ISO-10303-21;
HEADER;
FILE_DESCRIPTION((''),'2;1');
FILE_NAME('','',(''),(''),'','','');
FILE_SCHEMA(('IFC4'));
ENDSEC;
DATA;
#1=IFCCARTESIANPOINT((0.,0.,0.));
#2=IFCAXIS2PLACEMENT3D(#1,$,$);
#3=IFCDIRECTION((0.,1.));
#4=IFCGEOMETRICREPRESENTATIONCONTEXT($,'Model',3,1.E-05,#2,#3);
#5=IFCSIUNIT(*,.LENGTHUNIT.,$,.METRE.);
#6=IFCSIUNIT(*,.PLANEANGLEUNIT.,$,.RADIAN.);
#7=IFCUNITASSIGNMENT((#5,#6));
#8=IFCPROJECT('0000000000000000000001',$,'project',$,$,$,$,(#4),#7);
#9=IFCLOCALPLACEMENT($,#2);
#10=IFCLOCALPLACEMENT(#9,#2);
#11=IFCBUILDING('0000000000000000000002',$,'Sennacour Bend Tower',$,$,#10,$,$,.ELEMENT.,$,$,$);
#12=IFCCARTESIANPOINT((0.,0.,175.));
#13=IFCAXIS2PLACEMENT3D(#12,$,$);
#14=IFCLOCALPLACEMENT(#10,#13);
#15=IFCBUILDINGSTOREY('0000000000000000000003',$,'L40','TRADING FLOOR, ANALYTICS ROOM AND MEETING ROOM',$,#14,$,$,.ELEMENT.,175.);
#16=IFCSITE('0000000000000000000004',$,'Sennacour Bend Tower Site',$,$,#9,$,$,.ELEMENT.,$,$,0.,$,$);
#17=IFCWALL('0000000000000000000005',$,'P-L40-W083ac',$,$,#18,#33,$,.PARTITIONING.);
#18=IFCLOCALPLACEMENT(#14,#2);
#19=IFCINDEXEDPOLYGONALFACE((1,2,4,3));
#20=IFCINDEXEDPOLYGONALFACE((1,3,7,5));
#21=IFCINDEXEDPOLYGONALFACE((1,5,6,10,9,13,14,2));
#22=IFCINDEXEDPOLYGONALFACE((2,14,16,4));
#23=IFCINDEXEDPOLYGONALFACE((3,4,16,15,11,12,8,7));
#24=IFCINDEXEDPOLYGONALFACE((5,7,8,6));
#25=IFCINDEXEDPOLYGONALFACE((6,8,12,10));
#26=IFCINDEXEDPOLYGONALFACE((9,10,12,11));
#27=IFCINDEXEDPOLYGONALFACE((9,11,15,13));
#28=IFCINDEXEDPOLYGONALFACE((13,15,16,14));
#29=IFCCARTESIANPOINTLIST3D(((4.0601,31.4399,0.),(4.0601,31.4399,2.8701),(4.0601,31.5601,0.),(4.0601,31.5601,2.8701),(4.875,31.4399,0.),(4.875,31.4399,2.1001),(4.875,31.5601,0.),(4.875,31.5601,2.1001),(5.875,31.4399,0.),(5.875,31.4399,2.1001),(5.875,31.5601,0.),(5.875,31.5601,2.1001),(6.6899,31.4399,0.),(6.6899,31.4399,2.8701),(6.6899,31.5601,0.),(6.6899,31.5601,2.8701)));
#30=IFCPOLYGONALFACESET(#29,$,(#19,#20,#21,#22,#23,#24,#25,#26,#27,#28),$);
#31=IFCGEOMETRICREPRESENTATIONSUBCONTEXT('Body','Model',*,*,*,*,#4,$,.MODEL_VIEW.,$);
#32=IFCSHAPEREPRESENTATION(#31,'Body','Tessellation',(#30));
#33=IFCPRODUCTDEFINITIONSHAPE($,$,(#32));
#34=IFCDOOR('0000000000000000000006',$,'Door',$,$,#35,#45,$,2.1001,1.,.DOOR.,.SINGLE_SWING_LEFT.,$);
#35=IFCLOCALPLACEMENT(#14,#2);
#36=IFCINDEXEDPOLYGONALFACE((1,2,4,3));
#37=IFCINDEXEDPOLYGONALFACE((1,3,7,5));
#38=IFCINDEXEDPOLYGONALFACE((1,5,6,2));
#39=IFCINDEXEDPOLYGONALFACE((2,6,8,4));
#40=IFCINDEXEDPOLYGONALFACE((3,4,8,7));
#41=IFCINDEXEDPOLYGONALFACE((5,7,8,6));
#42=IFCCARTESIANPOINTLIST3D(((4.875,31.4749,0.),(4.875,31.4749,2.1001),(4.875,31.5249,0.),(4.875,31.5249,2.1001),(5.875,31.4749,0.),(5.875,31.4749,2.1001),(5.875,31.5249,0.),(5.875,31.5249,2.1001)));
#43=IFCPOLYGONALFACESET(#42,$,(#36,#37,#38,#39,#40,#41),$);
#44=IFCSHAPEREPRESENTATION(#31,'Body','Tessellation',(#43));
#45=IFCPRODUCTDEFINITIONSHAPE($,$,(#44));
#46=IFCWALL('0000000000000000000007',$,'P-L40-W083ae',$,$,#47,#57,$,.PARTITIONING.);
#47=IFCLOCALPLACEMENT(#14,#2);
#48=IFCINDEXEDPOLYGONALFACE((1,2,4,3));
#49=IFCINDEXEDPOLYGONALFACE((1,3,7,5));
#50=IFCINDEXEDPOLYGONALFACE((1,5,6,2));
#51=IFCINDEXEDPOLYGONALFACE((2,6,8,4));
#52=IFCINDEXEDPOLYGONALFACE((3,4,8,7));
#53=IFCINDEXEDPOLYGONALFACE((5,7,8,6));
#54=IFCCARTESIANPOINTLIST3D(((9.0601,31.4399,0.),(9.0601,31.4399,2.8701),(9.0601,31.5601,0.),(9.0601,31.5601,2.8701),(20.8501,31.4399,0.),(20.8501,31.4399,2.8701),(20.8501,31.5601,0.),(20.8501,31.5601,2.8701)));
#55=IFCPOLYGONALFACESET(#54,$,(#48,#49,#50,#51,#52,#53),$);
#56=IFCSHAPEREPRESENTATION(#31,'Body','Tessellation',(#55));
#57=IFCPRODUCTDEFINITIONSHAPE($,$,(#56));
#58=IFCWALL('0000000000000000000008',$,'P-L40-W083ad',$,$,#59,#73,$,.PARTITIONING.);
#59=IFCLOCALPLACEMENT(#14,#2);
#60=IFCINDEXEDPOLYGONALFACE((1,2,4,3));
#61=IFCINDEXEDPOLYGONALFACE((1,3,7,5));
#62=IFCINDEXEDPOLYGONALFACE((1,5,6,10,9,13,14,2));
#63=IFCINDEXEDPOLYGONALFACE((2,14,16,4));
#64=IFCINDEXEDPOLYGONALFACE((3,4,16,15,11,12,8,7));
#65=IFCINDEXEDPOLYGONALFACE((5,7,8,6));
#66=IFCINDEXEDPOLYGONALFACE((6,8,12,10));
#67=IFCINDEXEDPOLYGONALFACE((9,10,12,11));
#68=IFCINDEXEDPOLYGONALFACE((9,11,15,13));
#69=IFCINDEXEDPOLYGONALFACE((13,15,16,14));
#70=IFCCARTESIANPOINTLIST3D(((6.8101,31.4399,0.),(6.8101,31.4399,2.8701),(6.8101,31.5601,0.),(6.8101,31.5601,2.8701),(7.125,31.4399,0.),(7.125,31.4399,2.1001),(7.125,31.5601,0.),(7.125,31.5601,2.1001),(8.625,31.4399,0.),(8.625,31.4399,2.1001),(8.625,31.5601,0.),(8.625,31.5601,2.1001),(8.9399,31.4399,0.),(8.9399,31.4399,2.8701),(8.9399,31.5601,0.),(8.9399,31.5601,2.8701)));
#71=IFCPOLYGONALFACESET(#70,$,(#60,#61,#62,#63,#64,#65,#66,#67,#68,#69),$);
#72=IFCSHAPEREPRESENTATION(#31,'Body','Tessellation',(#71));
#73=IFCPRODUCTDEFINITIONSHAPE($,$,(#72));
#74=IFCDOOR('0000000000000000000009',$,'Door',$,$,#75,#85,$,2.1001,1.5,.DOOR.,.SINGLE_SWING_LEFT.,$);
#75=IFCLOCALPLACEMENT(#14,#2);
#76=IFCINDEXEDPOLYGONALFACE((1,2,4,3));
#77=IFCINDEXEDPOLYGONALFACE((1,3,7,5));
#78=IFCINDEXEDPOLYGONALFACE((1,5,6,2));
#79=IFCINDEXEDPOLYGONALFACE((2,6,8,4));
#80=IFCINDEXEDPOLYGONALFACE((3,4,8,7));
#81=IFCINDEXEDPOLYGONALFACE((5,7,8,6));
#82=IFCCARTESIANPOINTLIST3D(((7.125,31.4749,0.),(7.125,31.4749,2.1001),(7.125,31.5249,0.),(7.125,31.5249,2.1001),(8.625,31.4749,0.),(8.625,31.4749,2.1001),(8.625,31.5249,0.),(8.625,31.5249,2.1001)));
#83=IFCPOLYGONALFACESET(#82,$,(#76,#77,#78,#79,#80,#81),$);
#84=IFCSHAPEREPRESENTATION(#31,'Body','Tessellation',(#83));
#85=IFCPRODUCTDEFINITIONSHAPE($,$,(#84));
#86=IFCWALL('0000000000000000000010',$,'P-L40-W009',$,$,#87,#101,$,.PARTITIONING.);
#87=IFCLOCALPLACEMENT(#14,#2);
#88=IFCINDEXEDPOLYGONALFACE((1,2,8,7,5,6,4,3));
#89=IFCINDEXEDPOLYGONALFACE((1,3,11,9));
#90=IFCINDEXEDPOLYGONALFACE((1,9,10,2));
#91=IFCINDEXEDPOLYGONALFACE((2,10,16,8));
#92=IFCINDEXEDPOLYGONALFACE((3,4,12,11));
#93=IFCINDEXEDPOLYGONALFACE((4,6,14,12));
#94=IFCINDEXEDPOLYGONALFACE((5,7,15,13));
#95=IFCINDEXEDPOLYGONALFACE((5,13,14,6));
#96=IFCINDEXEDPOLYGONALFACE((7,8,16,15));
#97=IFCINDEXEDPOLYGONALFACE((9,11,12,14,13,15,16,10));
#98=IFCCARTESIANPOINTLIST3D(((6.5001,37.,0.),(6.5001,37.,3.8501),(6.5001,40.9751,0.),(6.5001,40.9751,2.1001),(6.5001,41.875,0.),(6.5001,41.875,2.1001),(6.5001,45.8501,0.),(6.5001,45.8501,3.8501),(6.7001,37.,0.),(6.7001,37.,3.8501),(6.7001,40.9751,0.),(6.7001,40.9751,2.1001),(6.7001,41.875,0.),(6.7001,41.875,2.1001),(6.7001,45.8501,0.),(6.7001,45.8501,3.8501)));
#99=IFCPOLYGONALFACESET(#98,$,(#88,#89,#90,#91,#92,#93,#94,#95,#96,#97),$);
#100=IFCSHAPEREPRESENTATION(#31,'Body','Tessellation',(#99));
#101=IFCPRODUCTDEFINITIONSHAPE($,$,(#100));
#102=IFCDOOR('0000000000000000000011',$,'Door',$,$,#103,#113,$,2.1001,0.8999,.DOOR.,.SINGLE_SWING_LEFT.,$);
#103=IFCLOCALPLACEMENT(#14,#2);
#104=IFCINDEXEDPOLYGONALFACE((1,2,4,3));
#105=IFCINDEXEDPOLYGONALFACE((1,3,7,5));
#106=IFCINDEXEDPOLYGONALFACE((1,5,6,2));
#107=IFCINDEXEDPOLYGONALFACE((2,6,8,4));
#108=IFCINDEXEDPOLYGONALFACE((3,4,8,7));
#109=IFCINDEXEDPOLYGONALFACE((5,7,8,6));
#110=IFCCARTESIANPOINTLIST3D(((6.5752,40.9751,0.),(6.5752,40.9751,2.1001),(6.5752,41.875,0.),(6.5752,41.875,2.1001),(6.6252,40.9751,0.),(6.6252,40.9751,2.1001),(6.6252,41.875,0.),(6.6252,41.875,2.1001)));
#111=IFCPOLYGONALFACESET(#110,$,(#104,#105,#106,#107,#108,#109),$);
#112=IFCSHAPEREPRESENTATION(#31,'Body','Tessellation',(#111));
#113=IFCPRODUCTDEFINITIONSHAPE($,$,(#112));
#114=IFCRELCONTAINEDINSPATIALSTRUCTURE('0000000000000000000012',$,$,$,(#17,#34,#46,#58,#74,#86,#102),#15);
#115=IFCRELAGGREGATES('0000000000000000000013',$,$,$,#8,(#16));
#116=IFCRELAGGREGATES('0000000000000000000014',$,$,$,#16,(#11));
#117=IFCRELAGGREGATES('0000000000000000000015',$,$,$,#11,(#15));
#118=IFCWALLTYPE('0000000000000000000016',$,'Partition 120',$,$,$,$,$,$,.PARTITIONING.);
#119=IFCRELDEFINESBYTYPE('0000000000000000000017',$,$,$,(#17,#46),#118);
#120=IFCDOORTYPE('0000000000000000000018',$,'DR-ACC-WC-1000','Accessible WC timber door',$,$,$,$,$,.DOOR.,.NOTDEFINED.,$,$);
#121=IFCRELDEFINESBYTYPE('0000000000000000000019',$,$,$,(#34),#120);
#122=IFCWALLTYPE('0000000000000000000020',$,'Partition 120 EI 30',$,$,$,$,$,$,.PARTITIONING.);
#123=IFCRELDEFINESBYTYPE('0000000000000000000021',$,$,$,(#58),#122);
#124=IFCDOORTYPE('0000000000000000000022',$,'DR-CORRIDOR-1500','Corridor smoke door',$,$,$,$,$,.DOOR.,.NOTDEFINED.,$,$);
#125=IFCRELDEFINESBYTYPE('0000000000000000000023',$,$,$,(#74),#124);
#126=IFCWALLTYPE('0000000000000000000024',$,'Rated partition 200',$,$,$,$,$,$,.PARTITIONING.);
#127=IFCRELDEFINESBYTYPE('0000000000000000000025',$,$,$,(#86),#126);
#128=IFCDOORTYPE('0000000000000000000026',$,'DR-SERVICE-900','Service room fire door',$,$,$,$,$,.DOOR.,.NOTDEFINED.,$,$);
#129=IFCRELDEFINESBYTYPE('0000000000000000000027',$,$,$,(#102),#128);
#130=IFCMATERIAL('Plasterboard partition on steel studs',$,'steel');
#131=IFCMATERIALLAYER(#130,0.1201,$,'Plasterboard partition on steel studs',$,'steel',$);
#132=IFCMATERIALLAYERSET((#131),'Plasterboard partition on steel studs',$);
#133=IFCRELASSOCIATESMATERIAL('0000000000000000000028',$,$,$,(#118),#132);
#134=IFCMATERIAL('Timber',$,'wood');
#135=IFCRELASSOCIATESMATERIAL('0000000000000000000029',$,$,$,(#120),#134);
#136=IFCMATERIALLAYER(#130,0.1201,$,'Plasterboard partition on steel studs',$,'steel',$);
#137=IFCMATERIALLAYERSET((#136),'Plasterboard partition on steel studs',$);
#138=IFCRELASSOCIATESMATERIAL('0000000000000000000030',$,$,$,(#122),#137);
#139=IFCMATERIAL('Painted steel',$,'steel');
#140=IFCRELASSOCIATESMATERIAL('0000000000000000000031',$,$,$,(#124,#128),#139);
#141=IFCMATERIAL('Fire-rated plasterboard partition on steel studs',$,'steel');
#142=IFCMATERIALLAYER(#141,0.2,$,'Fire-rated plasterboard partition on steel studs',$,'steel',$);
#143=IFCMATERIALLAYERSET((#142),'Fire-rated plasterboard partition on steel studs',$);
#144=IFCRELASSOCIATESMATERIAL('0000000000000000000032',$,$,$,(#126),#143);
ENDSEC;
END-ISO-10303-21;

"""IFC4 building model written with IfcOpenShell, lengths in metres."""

from ifc_helpers import new_model, si_unit, direction, frame, frame_2d, origin, place, context, subcontext, project, spatial, rectangle, extrude, material, layer, layer_set, type_object, element, fill, save


model = new_model("IFC4")

# Units and contexts
model_context = context("Model", 3, precision=1e-05, world=origin(), true_north=direction((0.0, 1.0)))
body_context = subcontext(model_context, "Body", "Model", "MODEL_VIEW")
ifc_project = project(units=[si_unit("LENGTHUNIT", "METRE"), si_unit("PLANEANGLEUNIT", "RADIAN")], contexts=[model_context])

# Site, building, storey
site_placement = place(None, origin())
site = spatial("IfcSite", under=ifc_project, at=site_placement, Name="Sennacour Bend Tower Site", CompositionType="ELEMENT", RefElevation=0.0)
building_placement = place(site_placement, origin())
building = spatial("IfcBuilding", under=site, at=building_placement, Name="Sennacour Bend Tower", CompositionType="ELEMENT")
storey_placement = place(building_placement, frame((0.0, 0.0, 175.0)))
storey = spatial("IfcBuildingStorey", under=building, at=storey_placement, Name="L40", Description="TRADING FLOOR, ANALYTICS ROOM AND MEETING ROOM", CompositionType="ELEMENT", Elevation=175.0)

# Shared definitions
ifc_material_1 = material(Name="Plasterboard partition on steel studs", Category="steel")
ifc_layer_1 = layer(ifc_material_1, 0.1201, Name="Plasterboard partition on steel studs", Category="steel")
ifc_layer_set_1 = layer_set([ifc_layer_1], Name="Plasterboard partition on steel studs")
wall_type_1 = type_object("IfcWallType", Name="Partition 120", PredefinedType="PARTITIONING", material=ifc_layer_set_1)

# Wall, opening, door
wall_1_placement = place(storey_placement, frame((4.0601, 31.5, 0.0), z_axis=(0.0, 0.0, 1.0), x_axis=(1.0, 0.0, 0.0)))
wall_1 = element("IfcWall", 1, at=wall_1_placement, inside=storey, type_object=wall_type_1, Name="P-L40-W083ac", PredefinedType="PARTITIONING", context=body_context, shape_type="SweptSolid", body=[
    extrude(rectangle(XDim=2.6299, YDim=0.1201, at=frame_2d((1.3149, 0.0))), origin(), (0.0, 0.0, 1.0), 2.8701),
])
opening_1_placement = place(wall_1_placement, frame((0.8149, 0.0, 0.0)))
opening_1 = element("IfcOpeningElement", 2, at=opening_1_placement, cuts=wall_1, PredefinedType="OPENING", context=body_context, shape_type="SweptSolid", body=[
    extrude(rectangle(XDim=1.0, YDim=2.1001, at=frame_2d((0.5, 1.05))), frame((0.0, 0.0701, 0.0), z_axis=(0.0, -1.0, 0.0), x_axis=(1.0, 0.0, 0.0)), (0.0, 0.0, 1.0), 0.1401),
])
ifc_material_2 = material(Name="Timber", Category="wood")
door_type_1 = type_object("IfcDoorType", Name="DR-ACC-WC-1000", Description="Accessible WC timber door", OperationType="NOTDEFINED", PredefinedType="DOOR", material=ifc_material_2)
door_1_placement = place(opening_1_placement, origin())
door_1 = element("IfcDoor", 3, at=door_1_placement, inside=storey, type_object=door_type_1, Name="Door", OperationType="SINGLE_SWING_LEFT", OverallHeight=2.1001, OverallWidth=1.0, PredefinedType="DOOR", context=body_context, shape_type="SweptSolid", body=[
    extrude(rectangle(XDim=1.0, YDim=2.1001, at=frame_2d((0.5, 1.05))), frame((0.0, 0.0249, 0.0), z_axis=(0.0, -1.0, 0.0), x_axis=(1.0, 0.0, 0.0)), (0.0, 0.0, 1.0), 0.05),
])
fill(opening_1, door_1)

# Wall
wall_2_placement = place(storey_placement, frame((9.0601, 31.5, 0.0), z_axis=(0.0, 0.0, 1.0), x_axis=(1.0, 0.0, 0.0)))
element("IfcWall", 4, at=wall_2_placement, inside=storey, type_object=wall_type_1, Name="P-L40-W083ae", PredefinedType="PARTITIONING", context=body_context, shape_type="SweptSolid", body=[
    extrude(rectangle(XDim=11.79, YDim=0.1201, at=frame_2d((5.895, 0.0))), origin(), (0.0, 0.0, 1.0), 2.8701),
])

# Walls, openings, doors
ifc_layer_2 = layer(ifc_material_1, 0.1201, Name="Plasterboard partition on steel studs", Category="steel")
ifc_layer_set_2 = layer_set([ifc_layer_2], Name="Plasterboard partition on steel studs")
wall_type_2 = type_object("IfcWallType", Name="Partition 120 EI 30", PredefinedType="PARTITIONING", material=ifc_layer_set_2)
wall_3_placement = place(storey_placement, frame((6.8101, 31.5, 0.0), z_axis=(0.0, 0.0, 1.0), x_axis=(1.0, 0.0, 0.0)))
wall_3 = element("IfcWall", 5, at=wall_3_placement, inside=storey, type_object=wall_type_2, Name="P-L40-W083ad", PredefinedType="PARTITIONING", context=body_context, shape_type="SweptSolid", body=[
    extrude(rectangle(XDim=2.1299, YDim=0.1201, at=frame_2d((1.0649, 0.0))), origin(), (0.0, 0.0, 1.0), 2.8701),
])
opening_2_placement = place(wall_3_placement, frame((0.3149, 0.0, 0.0)))
opening_2 = element("IfcOpeningElement", 6, at=opening_2_placement, cuts=wall_3, PredefinedType="OPENING", context=body_context, shape_type="SweptSolid", body=[
    extrude(rectangle(XDim=1.5, YDim=2.1001, at=frame_2d((0.75, 1.05))), frame((0.0, 0.0701, 0.0), z_axis=(0.0, -1.0, 0.0), x_axis=(1.0, 0.0, 0.0)), (0.0, 0.0, 1.0), 0.1401),
])
ifc_material_3 = material(Name="Painted steel", Category="steel")
door_type_2 = type_object("IfcDoorType", Name="DR-CORRIDOR-1500", Description="Corridor smoke door", OperationType="NOTDEFINED", PredefinedType="DOOR", material=ifc_material_3)
door_2_placement = place(opening_2_placement, origin())
door_2 = element("IfcDoor", 7, at=door_2_placement, inside=storey, type_object=door_type_2, Name="Door", OperationType="SINGLE_SWING_LEFT", OverallHeight=2.1001, OverallWidth=1.5, PredefinedType="DOOR", context=body_context, shape_type="SweptSolid", body=[
    extrude(rectangle(XDim=1.5, YDim=2.1001, at=frame_2d((0.75, 1.05))), frame((0.0, 0.0249, 0.0), z_axis=(0.0, -1.0, 0.0), x_axis=(1.0, 0.0, 0.0)), (0.0, 0.0, 1.0), 0.05),
])
fill(opening_2, door_2)
ifc_material_4 = material(Name="Fire-rated plasterboard partition on steel studs", Category="steel")
ifc_layer_3 = layer(ifc_material_4, 0.2, Name="Fire-rated plasterboard partition on steel studs", Category="steel")
ifc_layer_set_3 = layer_set([ifc_layer_3], Name="Fire-rated plasterboard partition on steel studs")
wall_type_3 = type_object("IfcWallType", Name="Rated partition 200", PredefinedType="PARTITIONING", material=ifc_layer_set_3)
wall_4_placement = place(storey_placement, frame((6.6001, 37.0, 0.0), z_axis=(0.0, 0.0, 1.0), x_axis=(0.0, 1.0, 0.0)))
wall_4 = element("IfcWall", 8, at=wall_4_placement, inside=storey, type_object=wall_type_3, Name="P-L40-W009", PredefinedType="PARTITIONING", context=body_context, shape_type="SweptSolid", body=[
    extrude(rectangle(XDim=8.8501, YDim=0.2, at=frame_2d((4.425, 0.0))), origin(), (0.0, 0.0, 1.0), 3.8501),
])
opening_3_placement = place(wall_4_placement, frame((3.9751, 0.0, 0.0)))
opening_3 = element("IfcOpeningElement", 9, at=opening_3_placement, cuts=wall_4, PredefinedType="OPENING", context=body_context, shape_type="SweptSolid", body=[
    extrude(rectangle(XDim=0.8999, YDim=2.1001, at=frame_2d((0.45, 1.05))), frame((0.0, 0.1099, 0.0), z_axis=(0.0, -1.0, 0.0), x_axis=(1.0, 0.0, 0.0)), (0.0, 0.0, 1.0), 0.22),
])
door_type_3 = type_object("IfcDoorType", Name="DR-SERVICE-900", Description="Service room fire door", OperationType="NOTDEFINED", PredefinedType="DOOR", material=ifc_material_3)
door_3_placement = place(opening_3_placement, origin())
door_3 = element("IfcDoor", 10, at=door_3_placement, inside=storey, type_object=door_type_3, Name="Door", OperationType="SINGLE_SWING_LEFT", OverallHeight=2.1001, OverallWidth=0.8999, PredefinedType="DOOR", context=body_context, shape_type="SweptSolid", body=[
    extrude(rectangle(XDim=0.8999, YDim=2.1001, at=frame_2d((0.45, 1.05))), frame((0.0, 0.0249, 0.0), z_axis=(0.0, -1.0, 0.0), x_axis=(1.0, 0.0, 0.0)), (0.0, 0.0, 1.0), 0.05),
])
fill(opening_3, door_3)

save(model, "model.ifc")
